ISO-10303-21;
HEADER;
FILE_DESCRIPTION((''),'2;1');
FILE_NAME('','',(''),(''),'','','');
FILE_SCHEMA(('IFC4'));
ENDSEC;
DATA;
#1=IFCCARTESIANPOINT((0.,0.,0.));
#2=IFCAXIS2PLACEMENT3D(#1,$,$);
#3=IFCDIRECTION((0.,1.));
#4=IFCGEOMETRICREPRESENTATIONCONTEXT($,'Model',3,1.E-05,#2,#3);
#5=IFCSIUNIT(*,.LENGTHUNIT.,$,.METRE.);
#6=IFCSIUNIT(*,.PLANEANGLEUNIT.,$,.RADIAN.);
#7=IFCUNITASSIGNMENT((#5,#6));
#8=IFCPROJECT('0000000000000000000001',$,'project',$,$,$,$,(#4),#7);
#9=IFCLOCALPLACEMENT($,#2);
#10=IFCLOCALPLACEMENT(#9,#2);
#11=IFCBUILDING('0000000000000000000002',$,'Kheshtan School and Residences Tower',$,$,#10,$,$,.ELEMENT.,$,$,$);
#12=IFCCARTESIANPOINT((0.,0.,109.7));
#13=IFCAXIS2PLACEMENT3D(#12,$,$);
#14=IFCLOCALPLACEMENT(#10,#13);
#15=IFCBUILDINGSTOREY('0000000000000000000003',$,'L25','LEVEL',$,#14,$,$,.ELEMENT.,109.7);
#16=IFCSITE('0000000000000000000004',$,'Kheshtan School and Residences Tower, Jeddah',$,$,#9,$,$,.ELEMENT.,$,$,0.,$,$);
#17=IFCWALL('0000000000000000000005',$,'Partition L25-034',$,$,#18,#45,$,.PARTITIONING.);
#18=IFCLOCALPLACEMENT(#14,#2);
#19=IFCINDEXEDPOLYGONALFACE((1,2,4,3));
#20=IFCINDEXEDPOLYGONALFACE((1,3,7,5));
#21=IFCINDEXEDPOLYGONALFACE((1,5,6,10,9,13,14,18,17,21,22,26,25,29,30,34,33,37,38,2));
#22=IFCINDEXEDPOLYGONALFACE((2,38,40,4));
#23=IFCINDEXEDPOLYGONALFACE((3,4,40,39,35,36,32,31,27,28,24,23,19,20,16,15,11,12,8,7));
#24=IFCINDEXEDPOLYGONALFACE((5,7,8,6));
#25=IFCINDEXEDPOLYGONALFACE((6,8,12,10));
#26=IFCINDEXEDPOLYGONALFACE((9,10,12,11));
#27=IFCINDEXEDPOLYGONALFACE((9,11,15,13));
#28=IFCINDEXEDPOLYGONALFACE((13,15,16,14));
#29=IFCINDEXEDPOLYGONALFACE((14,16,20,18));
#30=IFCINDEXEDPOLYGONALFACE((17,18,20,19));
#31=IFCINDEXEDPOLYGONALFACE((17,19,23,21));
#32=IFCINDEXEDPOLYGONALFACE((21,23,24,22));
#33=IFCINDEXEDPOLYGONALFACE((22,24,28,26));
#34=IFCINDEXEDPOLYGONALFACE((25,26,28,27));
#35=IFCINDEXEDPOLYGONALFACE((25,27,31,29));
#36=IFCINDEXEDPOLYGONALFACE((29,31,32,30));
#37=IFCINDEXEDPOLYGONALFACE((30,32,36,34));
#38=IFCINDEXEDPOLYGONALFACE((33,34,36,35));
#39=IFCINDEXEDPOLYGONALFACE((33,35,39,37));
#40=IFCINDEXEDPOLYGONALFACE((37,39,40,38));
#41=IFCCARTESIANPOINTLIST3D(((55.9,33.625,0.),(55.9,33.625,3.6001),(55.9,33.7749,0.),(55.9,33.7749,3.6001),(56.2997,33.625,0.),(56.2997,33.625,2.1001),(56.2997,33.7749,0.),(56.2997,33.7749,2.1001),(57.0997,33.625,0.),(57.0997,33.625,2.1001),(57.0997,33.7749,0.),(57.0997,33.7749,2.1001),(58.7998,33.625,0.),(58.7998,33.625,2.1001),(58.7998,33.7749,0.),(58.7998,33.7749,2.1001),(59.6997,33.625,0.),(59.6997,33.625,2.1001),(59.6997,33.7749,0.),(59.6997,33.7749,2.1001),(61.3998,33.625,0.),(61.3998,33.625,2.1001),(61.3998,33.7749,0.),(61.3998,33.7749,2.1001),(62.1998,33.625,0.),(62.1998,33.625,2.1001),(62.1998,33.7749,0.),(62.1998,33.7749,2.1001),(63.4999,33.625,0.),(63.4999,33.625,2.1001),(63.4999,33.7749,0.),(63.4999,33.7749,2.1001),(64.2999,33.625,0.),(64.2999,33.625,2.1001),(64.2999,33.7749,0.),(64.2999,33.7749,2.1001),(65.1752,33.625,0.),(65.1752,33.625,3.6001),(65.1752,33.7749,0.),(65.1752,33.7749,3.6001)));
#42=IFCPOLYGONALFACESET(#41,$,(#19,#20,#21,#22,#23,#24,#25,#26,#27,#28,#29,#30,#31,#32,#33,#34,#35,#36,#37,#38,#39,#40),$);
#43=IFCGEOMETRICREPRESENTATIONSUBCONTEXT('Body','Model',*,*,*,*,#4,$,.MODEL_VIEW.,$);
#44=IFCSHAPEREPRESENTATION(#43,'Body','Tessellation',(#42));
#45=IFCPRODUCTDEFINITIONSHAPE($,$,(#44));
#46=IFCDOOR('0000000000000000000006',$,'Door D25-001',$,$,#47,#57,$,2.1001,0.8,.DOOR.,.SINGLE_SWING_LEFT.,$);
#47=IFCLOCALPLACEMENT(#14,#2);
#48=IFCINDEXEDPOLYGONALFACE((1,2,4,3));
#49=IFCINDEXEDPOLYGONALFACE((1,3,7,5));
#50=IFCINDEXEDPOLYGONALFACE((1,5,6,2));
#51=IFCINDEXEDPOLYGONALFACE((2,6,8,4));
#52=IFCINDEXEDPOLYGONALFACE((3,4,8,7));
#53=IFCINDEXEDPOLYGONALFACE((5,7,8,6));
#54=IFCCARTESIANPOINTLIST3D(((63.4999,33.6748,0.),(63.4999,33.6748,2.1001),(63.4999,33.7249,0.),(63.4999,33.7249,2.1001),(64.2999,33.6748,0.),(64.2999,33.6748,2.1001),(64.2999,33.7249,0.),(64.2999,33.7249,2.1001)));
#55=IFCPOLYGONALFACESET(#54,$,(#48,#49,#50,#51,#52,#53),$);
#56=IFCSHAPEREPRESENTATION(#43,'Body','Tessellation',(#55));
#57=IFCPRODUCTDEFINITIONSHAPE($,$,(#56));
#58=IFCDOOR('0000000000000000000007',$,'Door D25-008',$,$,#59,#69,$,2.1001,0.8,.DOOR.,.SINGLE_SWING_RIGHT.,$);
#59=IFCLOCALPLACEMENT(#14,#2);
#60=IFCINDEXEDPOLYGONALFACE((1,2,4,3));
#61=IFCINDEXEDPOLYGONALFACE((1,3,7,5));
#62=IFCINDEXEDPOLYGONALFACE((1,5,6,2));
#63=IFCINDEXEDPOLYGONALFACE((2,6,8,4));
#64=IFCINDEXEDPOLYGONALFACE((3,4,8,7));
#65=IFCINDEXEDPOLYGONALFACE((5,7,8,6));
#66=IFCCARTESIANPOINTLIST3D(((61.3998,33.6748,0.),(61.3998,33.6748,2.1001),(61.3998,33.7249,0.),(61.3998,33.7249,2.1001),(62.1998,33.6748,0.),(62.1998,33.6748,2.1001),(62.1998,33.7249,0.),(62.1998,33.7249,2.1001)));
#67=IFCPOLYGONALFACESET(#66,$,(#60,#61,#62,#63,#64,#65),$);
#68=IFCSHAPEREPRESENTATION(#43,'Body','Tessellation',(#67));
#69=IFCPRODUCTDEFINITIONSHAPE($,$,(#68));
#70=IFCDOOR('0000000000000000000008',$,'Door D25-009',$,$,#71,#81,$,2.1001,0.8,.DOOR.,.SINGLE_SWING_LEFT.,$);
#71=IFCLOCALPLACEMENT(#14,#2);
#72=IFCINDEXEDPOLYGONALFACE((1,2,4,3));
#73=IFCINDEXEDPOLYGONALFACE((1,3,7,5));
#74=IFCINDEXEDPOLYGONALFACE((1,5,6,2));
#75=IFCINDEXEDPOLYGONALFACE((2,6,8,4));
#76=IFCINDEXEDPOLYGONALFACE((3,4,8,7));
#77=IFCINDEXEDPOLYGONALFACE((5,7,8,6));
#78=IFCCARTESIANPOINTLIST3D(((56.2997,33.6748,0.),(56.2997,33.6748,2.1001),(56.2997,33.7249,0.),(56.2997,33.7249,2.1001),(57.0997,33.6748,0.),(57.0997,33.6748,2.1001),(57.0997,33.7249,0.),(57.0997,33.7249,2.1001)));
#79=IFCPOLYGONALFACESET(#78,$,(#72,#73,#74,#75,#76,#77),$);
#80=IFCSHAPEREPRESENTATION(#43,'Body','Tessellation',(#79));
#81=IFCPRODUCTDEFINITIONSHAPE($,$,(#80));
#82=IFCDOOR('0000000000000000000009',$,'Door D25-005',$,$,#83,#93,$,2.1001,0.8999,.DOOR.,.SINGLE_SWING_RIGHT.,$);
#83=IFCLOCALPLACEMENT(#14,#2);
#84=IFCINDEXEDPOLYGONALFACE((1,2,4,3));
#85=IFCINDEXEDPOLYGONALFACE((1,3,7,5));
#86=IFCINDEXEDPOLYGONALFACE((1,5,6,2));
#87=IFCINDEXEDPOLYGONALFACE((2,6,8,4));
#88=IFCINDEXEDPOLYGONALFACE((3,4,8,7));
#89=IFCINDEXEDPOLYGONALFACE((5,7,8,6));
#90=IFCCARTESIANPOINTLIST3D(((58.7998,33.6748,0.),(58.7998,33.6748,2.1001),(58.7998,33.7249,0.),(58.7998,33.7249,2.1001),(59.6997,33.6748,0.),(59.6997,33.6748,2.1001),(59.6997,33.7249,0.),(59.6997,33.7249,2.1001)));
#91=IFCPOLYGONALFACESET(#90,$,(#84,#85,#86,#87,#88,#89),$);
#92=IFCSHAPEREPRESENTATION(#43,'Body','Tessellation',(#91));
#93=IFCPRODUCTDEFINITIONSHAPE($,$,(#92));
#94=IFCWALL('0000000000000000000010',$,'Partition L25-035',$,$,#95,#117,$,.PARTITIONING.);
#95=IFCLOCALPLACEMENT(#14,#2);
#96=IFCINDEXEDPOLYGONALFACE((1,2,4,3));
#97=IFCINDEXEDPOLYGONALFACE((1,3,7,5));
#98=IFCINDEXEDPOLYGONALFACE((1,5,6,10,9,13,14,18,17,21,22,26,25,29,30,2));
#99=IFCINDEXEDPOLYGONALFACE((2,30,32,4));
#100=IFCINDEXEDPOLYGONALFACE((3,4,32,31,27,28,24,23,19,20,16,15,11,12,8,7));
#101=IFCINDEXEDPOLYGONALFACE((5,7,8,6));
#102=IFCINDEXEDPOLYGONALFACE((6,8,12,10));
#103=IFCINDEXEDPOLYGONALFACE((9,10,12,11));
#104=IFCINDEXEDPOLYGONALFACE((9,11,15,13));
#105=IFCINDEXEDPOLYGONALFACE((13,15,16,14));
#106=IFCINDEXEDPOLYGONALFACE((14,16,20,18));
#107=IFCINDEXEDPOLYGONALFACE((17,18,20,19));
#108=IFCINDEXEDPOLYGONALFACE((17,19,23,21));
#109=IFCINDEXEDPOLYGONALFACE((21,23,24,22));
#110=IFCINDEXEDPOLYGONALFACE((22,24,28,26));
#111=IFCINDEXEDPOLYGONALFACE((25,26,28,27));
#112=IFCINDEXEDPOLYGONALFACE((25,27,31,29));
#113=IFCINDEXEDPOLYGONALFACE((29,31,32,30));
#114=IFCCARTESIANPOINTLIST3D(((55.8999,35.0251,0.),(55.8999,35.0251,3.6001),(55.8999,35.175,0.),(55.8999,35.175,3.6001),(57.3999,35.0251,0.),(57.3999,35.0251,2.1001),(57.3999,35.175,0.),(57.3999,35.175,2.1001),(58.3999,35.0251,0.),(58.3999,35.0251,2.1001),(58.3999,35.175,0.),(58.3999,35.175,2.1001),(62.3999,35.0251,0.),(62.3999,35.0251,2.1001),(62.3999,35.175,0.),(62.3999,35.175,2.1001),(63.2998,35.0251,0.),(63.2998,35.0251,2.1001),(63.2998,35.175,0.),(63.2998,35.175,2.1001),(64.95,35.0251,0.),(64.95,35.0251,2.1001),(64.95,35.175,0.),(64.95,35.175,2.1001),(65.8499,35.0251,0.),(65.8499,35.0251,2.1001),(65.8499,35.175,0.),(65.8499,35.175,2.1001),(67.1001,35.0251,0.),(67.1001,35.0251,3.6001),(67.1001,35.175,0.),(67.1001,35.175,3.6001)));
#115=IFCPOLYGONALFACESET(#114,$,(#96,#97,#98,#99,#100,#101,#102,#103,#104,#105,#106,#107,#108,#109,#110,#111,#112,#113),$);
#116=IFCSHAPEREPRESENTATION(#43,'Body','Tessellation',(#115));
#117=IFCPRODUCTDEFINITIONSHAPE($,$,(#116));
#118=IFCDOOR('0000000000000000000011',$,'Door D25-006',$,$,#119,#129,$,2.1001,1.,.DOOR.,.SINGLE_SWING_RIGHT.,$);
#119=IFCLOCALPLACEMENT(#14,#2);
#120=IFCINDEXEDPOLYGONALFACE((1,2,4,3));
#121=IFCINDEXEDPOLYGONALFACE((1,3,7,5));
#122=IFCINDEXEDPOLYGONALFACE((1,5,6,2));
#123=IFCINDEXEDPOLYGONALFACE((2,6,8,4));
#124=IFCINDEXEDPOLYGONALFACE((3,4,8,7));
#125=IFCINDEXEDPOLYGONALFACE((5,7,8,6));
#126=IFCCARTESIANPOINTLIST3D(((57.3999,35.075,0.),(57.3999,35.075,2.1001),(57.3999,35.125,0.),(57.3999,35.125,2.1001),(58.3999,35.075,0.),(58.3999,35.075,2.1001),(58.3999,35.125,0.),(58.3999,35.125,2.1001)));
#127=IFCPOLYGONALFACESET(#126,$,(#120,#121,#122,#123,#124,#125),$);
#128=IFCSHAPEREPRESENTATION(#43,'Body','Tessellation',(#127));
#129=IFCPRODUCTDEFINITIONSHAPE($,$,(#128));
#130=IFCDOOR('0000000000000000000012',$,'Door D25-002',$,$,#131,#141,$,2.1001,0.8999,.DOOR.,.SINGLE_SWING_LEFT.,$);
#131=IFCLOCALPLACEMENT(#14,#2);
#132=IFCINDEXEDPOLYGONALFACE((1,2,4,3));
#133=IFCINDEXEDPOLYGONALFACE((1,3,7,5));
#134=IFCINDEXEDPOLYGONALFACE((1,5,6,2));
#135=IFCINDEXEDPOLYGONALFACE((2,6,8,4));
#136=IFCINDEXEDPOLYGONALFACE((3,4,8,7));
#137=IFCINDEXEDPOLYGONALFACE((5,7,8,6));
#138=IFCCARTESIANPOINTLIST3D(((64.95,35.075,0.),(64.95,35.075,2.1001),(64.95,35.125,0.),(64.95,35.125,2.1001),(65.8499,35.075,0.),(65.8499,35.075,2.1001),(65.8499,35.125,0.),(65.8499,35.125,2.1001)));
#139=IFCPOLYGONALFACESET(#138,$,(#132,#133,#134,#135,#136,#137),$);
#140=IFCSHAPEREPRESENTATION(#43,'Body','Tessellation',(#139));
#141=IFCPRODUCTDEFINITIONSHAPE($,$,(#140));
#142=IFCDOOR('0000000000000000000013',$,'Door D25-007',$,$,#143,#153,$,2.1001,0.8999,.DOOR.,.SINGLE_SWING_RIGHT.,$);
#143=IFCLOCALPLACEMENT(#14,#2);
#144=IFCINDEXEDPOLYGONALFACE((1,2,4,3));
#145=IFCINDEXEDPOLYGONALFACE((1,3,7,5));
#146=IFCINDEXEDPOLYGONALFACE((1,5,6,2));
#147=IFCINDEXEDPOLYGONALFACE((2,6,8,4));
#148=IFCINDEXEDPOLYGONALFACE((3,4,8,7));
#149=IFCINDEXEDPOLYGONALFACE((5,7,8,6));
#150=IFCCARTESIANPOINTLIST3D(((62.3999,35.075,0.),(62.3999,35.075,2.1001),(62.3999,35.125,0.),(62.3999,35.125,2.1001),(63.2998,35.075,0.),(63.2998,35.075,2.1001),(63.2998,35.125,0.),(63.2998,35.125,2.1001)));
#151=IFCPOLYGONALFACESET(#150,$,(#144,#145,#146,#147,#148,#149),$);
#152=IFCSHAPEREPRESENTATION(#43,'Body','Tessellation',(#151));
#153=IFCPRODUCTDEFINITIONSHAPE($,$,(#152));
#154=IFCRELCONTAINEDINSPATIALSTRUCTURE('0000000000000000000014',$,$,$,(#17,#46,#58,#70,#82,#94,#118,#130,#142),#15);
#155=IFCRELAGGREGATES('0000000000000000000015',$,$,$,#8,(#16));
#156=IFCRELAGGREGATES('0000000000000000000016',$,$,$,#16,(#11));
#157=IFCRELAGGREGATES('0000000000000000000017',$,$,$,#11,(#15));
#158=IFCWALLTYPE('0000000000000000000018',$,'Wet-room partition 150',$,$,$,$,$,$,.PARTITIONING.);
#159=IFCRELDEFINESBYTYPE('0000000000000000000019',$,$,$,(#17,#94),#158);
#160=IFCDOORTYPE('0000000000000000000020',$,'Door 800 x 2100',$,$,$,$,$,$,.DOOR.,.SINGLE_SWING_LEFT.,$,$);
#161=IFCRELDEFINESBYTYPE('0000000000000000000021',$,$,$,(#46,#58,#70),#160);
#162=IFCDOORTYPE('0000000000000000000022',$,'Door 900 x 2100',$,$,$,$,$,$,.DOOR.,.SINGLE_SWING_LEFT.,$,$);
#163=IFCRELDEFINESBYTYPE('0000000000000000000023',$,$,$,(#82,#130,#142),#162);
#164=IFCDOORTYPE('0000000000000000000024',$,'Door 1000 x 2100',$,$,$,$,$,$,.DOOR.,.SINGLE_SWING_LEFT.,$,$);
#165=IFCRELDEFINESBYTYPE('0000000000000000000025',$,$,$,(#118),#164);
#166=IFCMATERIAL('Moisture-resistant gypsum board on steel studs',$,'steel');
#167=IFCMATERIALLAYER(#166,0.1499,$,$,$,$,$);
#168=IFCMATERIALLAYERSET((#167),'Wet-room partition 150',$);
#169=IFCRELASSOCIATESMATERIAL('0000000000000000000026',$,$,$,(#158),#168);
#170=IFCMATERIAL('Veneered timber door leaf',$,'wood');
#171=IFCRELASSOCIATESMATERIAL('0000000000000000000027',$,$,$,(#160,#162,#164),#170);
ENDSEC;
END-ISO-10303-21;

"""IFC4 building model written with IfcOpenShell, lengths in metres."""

from ifc_helpers import new_model, si_unit, direction, frame, frame_2d, origin, place, context, subcontext, project, spatial, rectangle, extrude, source, transform, mapped, material, layer, layer_set, type_object, element, fill, save


model = new_model("IFC4")

# Units and contexts
model_context = context("Model", 3, precision=1e-05, world=origin(), true_north=direction((0.0, 1.0)))
body_context = subcontext(model_context, "Body", "Model", "MODEL_VIEW")
ifc_project = project(units=[si_unit("LENGTHUNIT", "METRE"), si_unit("PLANEANGLEUNIT", "RADIAN")], contexts=[model_context])

# Site, building, storey
site_placement = place(None, origin())
site = spatial("IfcSite", under=ifc_project, at=site_placement, Name="Kheshtan School and Residences Tower, Jeddah", CompositionType="ELEMENT", RefElevation=0.0)
building_placement = place(site_placement, origin())
building = spatial("IfcBuilding", under=site, at=building_placement, Name="Kheshtan School and Residences Tower", CompositionType="ELEMENT")
storey_placement = place(building_placement, frame((0.0, 0.0, 109.7)))
storey = spatial("IfcBuildingStorey", under=building, at=storey_placement, Name="L25", Description="LEVEL", CompositionType="ELEMENT", Elevation=109.7)

# Walls, openings, doors
ifc_material_1 = material(Name="Moisture-resistant gypsum board on steel studs", Category="steel")
ifc_layer_1 = layer(ifc_material_1, 0.1499)
ifc_layer_set_1 = layer_set([ifc_layer_1], Name="Wet-room partition 150")
wall_type_1 = type_object("IfcWallType", Name="Wet-room partition 150", PredefinedType="PARTITIONING", material=ifc_layer_set_1)
wall_1_placement = place(storey_placement, frame((55.8999, 33.7, 0.0), z_axis=(0.0, 0.0, 1.0), x_axis=(1.0, 0.0, 0.0)))
wall_1 = element("IfcWall", 1, at=wall_1_placement, inside=storey, type_object=wall_type_1, Name="Partition L25-034", PredefinedType="PARTITIONING", context=body_context, shape_type="SweptSolid", body=[
    extrude(rectangle(XDim=9.2751, YDim=0.1499, at=frame_2d((4.6377, 0.0))), origin(), (0.0, 0.0, 1.0), 3.6001),
])
opening_1_placement = place(wall_1_placement, frame((7.6001, 0.0, 0.0)))
opening_1 = element("IfcOpeningElement", 2, at=opening_1_placement, cuts=wall_1, PredefinedType="OPENING", context=body_context, shape_type="SweptSolid", body=[
    extrude(rectangle(XDim=0.8, YDim=2.1001, at=frame_2d((0.3999, 1.05))), frame((0.0, 0.085, 0.0), z_axis=(0.0, -1.0, 0.0), x_axis=(1.0, 0.0, 0.0)), (0.0, 0.0, 1.0), 0.1699),
])
opening_2_placement = place(wall_1_placement, frame((2.8999, 0.0, 0.0)))
opening_2 = element("IfcOpeningElement", 3, at=opening_2_placement, cuts=wall_1, PredefinedType="OPENING", context=body_context, shape_type="SweptSolid", body=[
    extrude(rectangle(XDim=0.8999, YDim=2.1001, at=frame_2d((0.45, 1.05))), frame((0.0, 0.085, 0.0), z_axis=(0.0, -1.0, 0.0), x_axis=(1.0, 0.0, 0.0)), (0.0, 0.0, 1.0), 0.1699),
])
opening_3_placement = place(wall_1_placement, frame((5.5, 0.0, 0.0)))
opening_3 = element("IfcOpeningElement", 4, at=opening_3_placement, cuts=wall_1, PredefinedType="OPENING", context=body_context, shape_type="SweptSolid", body=[
    extrude(rectangle(XDim=0.8, YDim=2.1001, at=frame_2d((0.3999, 1.05))), frame((0.0, 0.085, 0.0), z_axis=(0.0, -1.0, 0.0), x_axis=(1.0, 0.0, 0.0)), (0.0, 0.0, 1.0), 0.1699),
])
opening_4_placement = place(wall_1_placement, frame((0.3999, 0.0, 0.0)))
opening_4 = element("IfcOpeningElement", 5, at=opening_4_placement, cuts=wall_1, PredefinedType="OPENING", context=body_context, shape_type="SweptSolid", body=[
    extrude(rectangle(XDim=0.8, YDim=2.1001, at=frame_2d((0.3999, 1.05))), frame((0.0, 0.085, 0.0), z_axis=(0.0, -1.0, 0.0), x_axis=(1.0, 0.0, 0.0)), (0.0, 0.0, 1.0), 0.1699),
])
ifc_material_2 = material(Name="Veneered timber door leaf", Category="wood")
door_type_1 = type_object("IfcDoorType", Name="Door 800 x 2100", OperationType="SINGLE_SWING_LEFT", PredefinedType="DOOR", material=ifc_material_2)
shared_shape_1 = source(origin(), body_context, "Body", "SweptSolid", [
    extrude(rectangle(XDim=0.8, YDim=2.1001, at=frame_2d((0.3999, 1.05))), frame((0.0, 0.0249, 0.0), z_axis=(0.0, -1.0, 0.0), x_axis=(1.0, 0.0, 0.0)), (0.0, 0.0, 1.0), 0.05),
])
door_1_placement = place(opening_1_placement, origin())
door_1 = element("IfcDoor", 6, at=door_1_placement, inside=storey, type_object=door_type_1, Name="Door D25-001", OperationType="SINGLE_SWING_LEFT", OverallHeight=2.1001, OverallWidth=0.8, PredefinedType="DOOR", context=body_context, shape_type="MappedRepresentation", body=[
    mapped(shared_shape_1, transform((0.0, 0.0, 0.0), x_axis=(1.0, 0.0, 0.0), y_axis=(0.0, 1.0, 0.0), z_axis=(0.0, 0.0, 1.0), scale=1.0)),
])
fill(opening_1, door_1)
door_2_placement = place(opening_3_placement, origin())
door_2 = element("IfcDoor", 7, at=door_2_placement, inside=storey, type_object=door_type_1, Name="Door D25-008", OperationType="SINGLE_SWING_RIGHT", OverallHeight=2.1001, OverallWidth=0.8, PredefinedType="DOOR", context=body_context, shape_type="MappedRepresentation", body=[
    mapped(shared_shape_1, transform((0.0, 0.0, 0.0), x_axis=(1.0, 0.0, 0.0), y_axis=(0.0, 1.0, 0.0), z_axis=(0.0, 0.0, 1.0), scale=1.0)),
])
fill(opening_3, door_2)
door_3_placement = place(opening_4_placement, origin())
door_3 = element("IfcDoor", 8, at=door_3_placement, inside=storey, type_object=door_type_1, Name="Door D25-009", OperationType="SINGLE_SWING_LEFT", OverallHeight=2.1001, OverallWidth=0.8, PredefinedType="DOOR", context=body_context, shape_type="MappedRepresentation", body=[
    mapped(shared_shape_1, transform((0.0, 0.0, 0.0), x_axis=(1.0, 0.0, 0.0), y_axis=(0.0, 1.0, 0.0), z_axis=(0.0, 0.0, 1.0), scale=1.0)),
])
fill(opening_4, door_3)
door_type_2 = type_object("IfcDoorType", Name="Door 900 x 2100", OperationType="SINGLE_SWING_LEFT", PredefinedType="DOOR", material=ifc_material_2)
shared_shape_2 = source(origin(), body_context, "Body", "SweptSolid", [
    extrude(rectangle(XDim=0.8999, YDim=2.1001, at=frame_2d((0.45, 1.05))), frame((0.0, 0.0249, 0.0), z_axis=(0.0, -1.0, 0.0), x_axis=(1.0, 0.0, 0.0)), (0.0, 0.0, 1.0), 0.05),
])
door_4_placement = place(opening_2_placement, origin())
door_4 = element("IfcDoor", 9, at=door_4_placement, inside=storey, type_object=door_type_2, Name="Door D25-005", OperationType="SINGLE_SWING_RIGHT", OverallHeight=2.1001, OverallWidth=0.8999, PredefinedType="DOOR", context=body_context, shape_type="MappedRepresentation", body=[
    mapped(shared_shape_2, transform((0.0, 0.0, 0.0), x_axis=(1.0, 0.0, 0.0), y_axis=(0.0, 1.0, 0.0), z_axis=(0.0, 0.0, 1.0), scale=1.0)),
])
fill(opening_2, door_4)
wall_2_placement = place(storey_placement, frame((55.8999, 35.1001, 0.0), z_axis=(0.0, 0.0, 1.0), x_axis=(1.0, 0.0, 0.0)))
wall_2 = element("IfcWall", 10, at=wall_2_placement, inside=storey, type_object=wall_type_1, Name="Partition L25-035", PredefinedType="PARTITIONING", context=body_context, shape_type="SweptSolid", body=[
    extrude(rectangle(XDim=11.2002, YDim=0.1499, at=frame_2d((5.6001, 0.0))), origin(), (0.0, 0.0, 1.0), 3.6001),
])
opening_5_placement = place(wall_2_placement, frame((9.05, 0.0, 0.0)))
opening_5 = element("IfcOpeningElement", 11, at=opening_5_placement, cuts=wall_2, PredefinedType="OPENING", context=body_context, shape_type="SweptSolid", body=[
    extrude(rectangle(XDim=0.8999, YDim=2.1001, at=frame_2d((0.45, 1.05))), frame((0.0, 0.085, 0.0), z_axis=(0.0, -1.0, 0.0), x_axis=(1.0, 0.0, 0.0)), (0.0, 0.0, 1.0), 0.1699),
])
opening_6_placement = place(wall_2_placement, frame((1.5, 0.0, 0.0)))
opening_6 = element("IfcOpeningElement", 12, at=opening_6_placement, cuts=wall_2, PredefinedType="OPENING", context=body_context, shape_type="SweptSolid", body=[
    extrude(rectangle(XDim=1.0, YDim=2.1001, at=frame_2d((0.5, 1.05))), frame((0.0, 0.085, 0.0), z_axis=(0.0, -1.0, 0.0), x_axis=(1.0, 0.0, 0.0)), (0.0, 0.0, 1.0), 0.1699),
])
opening_7_placement = place(wall_2_placement, frame((6.5, 0.0, 0.0)))
opening_7 = element("IfcOpeningElement", 13, at=opening_7_placement, cuts=wall_2, PredefinedType="OPENING", context=body_context, shape_type="SweptSolid", body=[
    extrude(rectangle(XDim=0.8999, YDim=2.1001, at=frame_2d((0.45, 1.05))), frame((0.0, 0.085, 0.0), z_axis=(0.0, -1.0, 0.0), x_axis=(1.0, 0.0, 0.0)), (0.0, 0.0, 1.0), 0.1699),
])
door_type_3 = type_object("IfcDoorType", Name="Door 1000 x 2100", OperationType="SINGLE_SWING_LEFT", PredefinedType="DOOR", material=ifc_material_2)
shared_shape_3 = source(origin(), body_context, "Body", "SweptSolid", [
    extrude(rectangle(XDim=1.0, YDim=2.1001, at=frame_2d((0.5, 1.05))), frame((0.0, 0.0249, 0.0), z_axis=(0.0, -1.0, 0.0), x_axis=(1.0, 0.0, 0.0)), (0.0, 0.0, 1.0), 0.05),
])
door_5_placement = place(opening_6_placement, origin())
door_5 = element("IfcDoor", 14, at=door_5_placement, inside=storey, type_object=door_type_3, Name="Door D25-006", OperationType="SINGLE_SWING_RIGHT", OverallHeight=2.1001, OverallWidth=1.0, PredefinedType="DOOR", context=body_context, shape_type="MappedRepresentation", body=[
    mapped(shared_shape_3, transform((0.0, 0.0, 0.0), x_axis=(1.0, 0.0, 0.0), y_axis=(0.0, 1.0, 0.0), z_axis=(0.0, 0.0, 1.0), scale=1.0)),
])
fill(opening_6, door_5)
door_6_placement = place(opening_5_placement, origin())
door_6 = element("IfcDoor", 15, at=door_6_placement, inside=storey, type_object=door_type_2, Name="Door D25-002", OperationType="SINGLE_SWING_LEFT", OverallHeight=2.1001, OverallWidth=0.8999, PredefinedType="DOOR", context=body_context, shape_type="MappedRepresentation", body=[
    mapped(shared_shape_2, transform((0.0, 0.0, 0.0), x_axis=(1.0, 0.0, 0.0), y_axis=(0.0, 1.0, 0.0), z_axis=(0.0, 0.0, 1.0), scale=1.0)),
])
fill(opening_5, door_6)
door_7_placement = place(opening_7_placement, origin())
door_7 = element("IfcDoor", 16, at=door_7_placement, inside=storey, type_object=door_type_2, Name="Door D25-007", OperationType="SINGLE_SWING_RIGHT", OverallHeight=2.1001, OverallWidth=0.8999, PredefinedType="DOOR", context=body_context, shape_type="MappedRepresentation", body=[
    mapped(shared_shape_2, transform((0.0, 0.0, 0.0), x_axis=(1.0, 0.0, 0.0), y_axis=(0.0, 1.0, 0.0), z_axis=(0.0, 0.0, 1.0), scale=1.0)),
])
fill(opening_7, door_7)

save(model, "model.ifc")
